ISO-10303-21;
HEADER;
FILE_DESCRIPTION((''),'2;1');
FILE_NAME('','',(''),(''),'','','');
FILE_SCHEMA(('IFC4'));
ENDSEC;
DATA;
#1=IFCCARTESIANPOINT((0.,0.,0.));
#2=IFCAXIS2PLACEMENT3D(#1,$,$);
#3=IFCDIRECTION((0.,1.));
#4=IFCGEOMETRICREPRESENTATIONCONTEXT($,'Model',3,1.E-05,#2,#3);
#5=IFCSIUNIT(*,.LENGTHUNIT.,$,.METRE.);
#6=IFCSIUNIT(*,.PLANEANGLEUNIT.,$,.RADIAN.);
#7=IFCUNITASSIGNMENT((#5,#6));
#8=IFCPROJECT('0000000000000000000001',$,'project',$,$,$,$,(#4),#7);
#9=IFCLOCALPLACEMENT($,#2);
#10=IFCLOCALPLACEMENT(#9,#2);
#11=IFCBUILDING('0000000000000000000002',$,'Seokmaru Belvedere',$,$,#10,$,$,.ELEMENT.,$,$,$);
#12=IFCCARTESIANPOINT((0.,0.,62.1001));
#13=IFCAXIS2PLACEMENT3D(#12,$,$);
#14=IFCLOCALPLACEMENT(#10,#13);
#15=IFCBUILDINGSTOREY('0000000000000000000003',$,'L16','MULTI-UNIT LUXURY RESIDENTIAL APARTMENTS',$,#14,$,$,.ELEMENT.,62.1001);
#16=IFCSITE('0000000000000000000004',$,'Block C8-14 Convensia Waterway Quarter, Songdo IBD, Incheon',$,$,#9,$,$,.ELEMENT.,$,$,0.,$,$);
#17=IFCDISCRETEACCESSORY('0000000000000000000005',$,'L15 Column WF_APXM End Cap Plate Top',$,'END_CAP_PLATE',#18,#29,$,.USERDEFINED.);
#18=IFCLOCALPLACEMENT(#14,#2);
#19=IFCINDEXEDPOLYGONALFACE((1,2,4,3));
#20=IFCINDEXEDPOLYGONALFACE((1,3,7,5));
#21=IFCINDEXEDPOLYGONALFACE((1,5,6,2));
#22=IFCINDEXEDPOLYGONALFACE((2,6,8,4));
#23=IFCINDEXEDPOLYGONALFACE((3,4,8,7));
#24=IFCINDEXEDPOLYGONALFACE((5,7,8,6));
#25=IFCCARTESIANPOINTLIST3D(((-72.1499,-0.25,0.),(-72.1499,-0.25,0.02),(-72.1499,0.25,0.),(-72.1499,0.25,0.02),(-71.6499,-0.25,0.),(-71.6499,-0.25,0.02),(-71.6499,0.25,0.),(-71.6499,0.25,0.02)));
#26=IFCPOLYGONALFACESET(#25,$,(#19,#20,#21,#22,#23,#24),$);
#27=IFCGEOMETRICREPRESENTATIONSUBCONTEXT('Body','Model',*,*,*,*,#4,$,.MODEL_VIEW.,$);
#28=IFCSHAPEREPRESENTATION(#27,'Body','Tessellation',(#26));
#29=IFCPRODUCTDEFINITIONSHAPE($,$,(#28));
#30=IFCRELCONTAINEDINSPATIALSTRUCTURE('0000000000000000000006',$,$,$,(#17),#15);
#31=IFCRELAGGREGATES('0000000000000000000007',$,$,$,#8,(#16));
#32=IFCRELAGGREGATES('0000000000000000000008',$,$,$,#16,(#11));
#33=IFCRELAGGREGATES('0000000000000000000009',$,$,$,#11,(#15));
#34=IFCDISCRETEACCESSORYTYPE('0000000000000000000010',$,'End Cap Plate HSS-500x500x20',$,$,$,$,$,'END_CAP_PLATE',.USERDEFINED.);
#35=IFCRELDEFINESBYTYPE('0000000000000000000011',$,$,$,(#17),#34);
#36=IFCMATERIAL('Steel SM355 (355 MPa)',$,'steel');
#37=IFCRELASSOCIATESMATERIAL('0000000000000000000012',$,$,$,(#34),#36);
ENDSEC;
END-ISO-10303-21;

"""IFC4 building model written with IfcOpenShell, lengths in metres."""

from ifc_helpers import new_model, si_unit, direction, frame, origin, origin_2d, place, context, subcontext, project, spatial, rectangle, extrude, source, transform, mapped, material, type_object, type_shapes, element, save


model = new_model("IFC4")

# Units and contexts
model_context = context("Model", 3, precision=1e-05, world=origin(), true_north=direction((0.0, 1.0)))
body_context = subcontext(model_context, "Body", "Model", "MODEL_VIEW")
ifc_project = project(units=[si_unit("LENGTHUNIT", "METRE"), si_unit("PLANEANGLEUNIT", "RADIAN")], contexts=[model_context])

# Site, building, storey
site_placement = place(None, origin())
site = spatial("IfcSite", under=ifc_project, at=site_placement, Name="Block C8-14 Convensia Waterway Quarter, Songdo IBD, Incheon", CompositionType="ELEMENT", RefElevation=0.0)
building_placement = place(site_placement, origin())
building = spatial("IfcBuilding", under=site, at=building_placement, Name="Seokmaru Belvedere", CompositionType="ELEMENT")
storey_placement = place(building_placement, frame((0.0, 0.0, 62.1001)))
storey = spatial("IfcBuildingStorey", under=building, at=storey_placement, Name="L16", Description="MULTI-UNIT LUXURY RESIDENTIAL APARTMENTS", CompositionType="ELEMENT", Elevation=62.1001)

# Shared definitions
ifc_material_1 = material(Name="Steel SM355 (355 MPa)", Category="steel")

# Discrete accessory
discrete_accessory_type = type_object("IfcDiscreteAccessoryType", Name="End Cap Plate HSS-500x500x20", ElementType="END_CAP_PLATE", PredefinedType="USERDEFINED", material=ifc_material_1)
shared_shape_1 = source(origin(), body_context, "Body", "SweptSolid", [
    extrude(rectangle(XDim=0.5, YDim=0.5, at=origin_2d()), origin(), (0.0, 0.0, 1.0), 0.02),
])
type_shapes(discrete_accessory_type, [shared_shape_1])
discrete_accessory_placement = place(storey_placement, frame((-71.8999, 0.0, 0.0), z_axis=(0.0, 0.0, 1.0), x_axis=(1.0, 0.0, 0.0)))
element("IfcDiscreteAccessory", 1, at=discrete_accessory_placement, inside=storey, type_object=discrete_accessory_type, Name="L15 Column WF_APXM End Cap Plate Top", ObjectType="END_CAP_PLATE", PredefinedType="USERDEFINED", context=body_context, shape_type="MappedRepresentation", body=[
    mapped(shared_shape_1, transform((0.0, 0.0, 0.0), scale=1.0)),
])

save(model, "model.ifc")
